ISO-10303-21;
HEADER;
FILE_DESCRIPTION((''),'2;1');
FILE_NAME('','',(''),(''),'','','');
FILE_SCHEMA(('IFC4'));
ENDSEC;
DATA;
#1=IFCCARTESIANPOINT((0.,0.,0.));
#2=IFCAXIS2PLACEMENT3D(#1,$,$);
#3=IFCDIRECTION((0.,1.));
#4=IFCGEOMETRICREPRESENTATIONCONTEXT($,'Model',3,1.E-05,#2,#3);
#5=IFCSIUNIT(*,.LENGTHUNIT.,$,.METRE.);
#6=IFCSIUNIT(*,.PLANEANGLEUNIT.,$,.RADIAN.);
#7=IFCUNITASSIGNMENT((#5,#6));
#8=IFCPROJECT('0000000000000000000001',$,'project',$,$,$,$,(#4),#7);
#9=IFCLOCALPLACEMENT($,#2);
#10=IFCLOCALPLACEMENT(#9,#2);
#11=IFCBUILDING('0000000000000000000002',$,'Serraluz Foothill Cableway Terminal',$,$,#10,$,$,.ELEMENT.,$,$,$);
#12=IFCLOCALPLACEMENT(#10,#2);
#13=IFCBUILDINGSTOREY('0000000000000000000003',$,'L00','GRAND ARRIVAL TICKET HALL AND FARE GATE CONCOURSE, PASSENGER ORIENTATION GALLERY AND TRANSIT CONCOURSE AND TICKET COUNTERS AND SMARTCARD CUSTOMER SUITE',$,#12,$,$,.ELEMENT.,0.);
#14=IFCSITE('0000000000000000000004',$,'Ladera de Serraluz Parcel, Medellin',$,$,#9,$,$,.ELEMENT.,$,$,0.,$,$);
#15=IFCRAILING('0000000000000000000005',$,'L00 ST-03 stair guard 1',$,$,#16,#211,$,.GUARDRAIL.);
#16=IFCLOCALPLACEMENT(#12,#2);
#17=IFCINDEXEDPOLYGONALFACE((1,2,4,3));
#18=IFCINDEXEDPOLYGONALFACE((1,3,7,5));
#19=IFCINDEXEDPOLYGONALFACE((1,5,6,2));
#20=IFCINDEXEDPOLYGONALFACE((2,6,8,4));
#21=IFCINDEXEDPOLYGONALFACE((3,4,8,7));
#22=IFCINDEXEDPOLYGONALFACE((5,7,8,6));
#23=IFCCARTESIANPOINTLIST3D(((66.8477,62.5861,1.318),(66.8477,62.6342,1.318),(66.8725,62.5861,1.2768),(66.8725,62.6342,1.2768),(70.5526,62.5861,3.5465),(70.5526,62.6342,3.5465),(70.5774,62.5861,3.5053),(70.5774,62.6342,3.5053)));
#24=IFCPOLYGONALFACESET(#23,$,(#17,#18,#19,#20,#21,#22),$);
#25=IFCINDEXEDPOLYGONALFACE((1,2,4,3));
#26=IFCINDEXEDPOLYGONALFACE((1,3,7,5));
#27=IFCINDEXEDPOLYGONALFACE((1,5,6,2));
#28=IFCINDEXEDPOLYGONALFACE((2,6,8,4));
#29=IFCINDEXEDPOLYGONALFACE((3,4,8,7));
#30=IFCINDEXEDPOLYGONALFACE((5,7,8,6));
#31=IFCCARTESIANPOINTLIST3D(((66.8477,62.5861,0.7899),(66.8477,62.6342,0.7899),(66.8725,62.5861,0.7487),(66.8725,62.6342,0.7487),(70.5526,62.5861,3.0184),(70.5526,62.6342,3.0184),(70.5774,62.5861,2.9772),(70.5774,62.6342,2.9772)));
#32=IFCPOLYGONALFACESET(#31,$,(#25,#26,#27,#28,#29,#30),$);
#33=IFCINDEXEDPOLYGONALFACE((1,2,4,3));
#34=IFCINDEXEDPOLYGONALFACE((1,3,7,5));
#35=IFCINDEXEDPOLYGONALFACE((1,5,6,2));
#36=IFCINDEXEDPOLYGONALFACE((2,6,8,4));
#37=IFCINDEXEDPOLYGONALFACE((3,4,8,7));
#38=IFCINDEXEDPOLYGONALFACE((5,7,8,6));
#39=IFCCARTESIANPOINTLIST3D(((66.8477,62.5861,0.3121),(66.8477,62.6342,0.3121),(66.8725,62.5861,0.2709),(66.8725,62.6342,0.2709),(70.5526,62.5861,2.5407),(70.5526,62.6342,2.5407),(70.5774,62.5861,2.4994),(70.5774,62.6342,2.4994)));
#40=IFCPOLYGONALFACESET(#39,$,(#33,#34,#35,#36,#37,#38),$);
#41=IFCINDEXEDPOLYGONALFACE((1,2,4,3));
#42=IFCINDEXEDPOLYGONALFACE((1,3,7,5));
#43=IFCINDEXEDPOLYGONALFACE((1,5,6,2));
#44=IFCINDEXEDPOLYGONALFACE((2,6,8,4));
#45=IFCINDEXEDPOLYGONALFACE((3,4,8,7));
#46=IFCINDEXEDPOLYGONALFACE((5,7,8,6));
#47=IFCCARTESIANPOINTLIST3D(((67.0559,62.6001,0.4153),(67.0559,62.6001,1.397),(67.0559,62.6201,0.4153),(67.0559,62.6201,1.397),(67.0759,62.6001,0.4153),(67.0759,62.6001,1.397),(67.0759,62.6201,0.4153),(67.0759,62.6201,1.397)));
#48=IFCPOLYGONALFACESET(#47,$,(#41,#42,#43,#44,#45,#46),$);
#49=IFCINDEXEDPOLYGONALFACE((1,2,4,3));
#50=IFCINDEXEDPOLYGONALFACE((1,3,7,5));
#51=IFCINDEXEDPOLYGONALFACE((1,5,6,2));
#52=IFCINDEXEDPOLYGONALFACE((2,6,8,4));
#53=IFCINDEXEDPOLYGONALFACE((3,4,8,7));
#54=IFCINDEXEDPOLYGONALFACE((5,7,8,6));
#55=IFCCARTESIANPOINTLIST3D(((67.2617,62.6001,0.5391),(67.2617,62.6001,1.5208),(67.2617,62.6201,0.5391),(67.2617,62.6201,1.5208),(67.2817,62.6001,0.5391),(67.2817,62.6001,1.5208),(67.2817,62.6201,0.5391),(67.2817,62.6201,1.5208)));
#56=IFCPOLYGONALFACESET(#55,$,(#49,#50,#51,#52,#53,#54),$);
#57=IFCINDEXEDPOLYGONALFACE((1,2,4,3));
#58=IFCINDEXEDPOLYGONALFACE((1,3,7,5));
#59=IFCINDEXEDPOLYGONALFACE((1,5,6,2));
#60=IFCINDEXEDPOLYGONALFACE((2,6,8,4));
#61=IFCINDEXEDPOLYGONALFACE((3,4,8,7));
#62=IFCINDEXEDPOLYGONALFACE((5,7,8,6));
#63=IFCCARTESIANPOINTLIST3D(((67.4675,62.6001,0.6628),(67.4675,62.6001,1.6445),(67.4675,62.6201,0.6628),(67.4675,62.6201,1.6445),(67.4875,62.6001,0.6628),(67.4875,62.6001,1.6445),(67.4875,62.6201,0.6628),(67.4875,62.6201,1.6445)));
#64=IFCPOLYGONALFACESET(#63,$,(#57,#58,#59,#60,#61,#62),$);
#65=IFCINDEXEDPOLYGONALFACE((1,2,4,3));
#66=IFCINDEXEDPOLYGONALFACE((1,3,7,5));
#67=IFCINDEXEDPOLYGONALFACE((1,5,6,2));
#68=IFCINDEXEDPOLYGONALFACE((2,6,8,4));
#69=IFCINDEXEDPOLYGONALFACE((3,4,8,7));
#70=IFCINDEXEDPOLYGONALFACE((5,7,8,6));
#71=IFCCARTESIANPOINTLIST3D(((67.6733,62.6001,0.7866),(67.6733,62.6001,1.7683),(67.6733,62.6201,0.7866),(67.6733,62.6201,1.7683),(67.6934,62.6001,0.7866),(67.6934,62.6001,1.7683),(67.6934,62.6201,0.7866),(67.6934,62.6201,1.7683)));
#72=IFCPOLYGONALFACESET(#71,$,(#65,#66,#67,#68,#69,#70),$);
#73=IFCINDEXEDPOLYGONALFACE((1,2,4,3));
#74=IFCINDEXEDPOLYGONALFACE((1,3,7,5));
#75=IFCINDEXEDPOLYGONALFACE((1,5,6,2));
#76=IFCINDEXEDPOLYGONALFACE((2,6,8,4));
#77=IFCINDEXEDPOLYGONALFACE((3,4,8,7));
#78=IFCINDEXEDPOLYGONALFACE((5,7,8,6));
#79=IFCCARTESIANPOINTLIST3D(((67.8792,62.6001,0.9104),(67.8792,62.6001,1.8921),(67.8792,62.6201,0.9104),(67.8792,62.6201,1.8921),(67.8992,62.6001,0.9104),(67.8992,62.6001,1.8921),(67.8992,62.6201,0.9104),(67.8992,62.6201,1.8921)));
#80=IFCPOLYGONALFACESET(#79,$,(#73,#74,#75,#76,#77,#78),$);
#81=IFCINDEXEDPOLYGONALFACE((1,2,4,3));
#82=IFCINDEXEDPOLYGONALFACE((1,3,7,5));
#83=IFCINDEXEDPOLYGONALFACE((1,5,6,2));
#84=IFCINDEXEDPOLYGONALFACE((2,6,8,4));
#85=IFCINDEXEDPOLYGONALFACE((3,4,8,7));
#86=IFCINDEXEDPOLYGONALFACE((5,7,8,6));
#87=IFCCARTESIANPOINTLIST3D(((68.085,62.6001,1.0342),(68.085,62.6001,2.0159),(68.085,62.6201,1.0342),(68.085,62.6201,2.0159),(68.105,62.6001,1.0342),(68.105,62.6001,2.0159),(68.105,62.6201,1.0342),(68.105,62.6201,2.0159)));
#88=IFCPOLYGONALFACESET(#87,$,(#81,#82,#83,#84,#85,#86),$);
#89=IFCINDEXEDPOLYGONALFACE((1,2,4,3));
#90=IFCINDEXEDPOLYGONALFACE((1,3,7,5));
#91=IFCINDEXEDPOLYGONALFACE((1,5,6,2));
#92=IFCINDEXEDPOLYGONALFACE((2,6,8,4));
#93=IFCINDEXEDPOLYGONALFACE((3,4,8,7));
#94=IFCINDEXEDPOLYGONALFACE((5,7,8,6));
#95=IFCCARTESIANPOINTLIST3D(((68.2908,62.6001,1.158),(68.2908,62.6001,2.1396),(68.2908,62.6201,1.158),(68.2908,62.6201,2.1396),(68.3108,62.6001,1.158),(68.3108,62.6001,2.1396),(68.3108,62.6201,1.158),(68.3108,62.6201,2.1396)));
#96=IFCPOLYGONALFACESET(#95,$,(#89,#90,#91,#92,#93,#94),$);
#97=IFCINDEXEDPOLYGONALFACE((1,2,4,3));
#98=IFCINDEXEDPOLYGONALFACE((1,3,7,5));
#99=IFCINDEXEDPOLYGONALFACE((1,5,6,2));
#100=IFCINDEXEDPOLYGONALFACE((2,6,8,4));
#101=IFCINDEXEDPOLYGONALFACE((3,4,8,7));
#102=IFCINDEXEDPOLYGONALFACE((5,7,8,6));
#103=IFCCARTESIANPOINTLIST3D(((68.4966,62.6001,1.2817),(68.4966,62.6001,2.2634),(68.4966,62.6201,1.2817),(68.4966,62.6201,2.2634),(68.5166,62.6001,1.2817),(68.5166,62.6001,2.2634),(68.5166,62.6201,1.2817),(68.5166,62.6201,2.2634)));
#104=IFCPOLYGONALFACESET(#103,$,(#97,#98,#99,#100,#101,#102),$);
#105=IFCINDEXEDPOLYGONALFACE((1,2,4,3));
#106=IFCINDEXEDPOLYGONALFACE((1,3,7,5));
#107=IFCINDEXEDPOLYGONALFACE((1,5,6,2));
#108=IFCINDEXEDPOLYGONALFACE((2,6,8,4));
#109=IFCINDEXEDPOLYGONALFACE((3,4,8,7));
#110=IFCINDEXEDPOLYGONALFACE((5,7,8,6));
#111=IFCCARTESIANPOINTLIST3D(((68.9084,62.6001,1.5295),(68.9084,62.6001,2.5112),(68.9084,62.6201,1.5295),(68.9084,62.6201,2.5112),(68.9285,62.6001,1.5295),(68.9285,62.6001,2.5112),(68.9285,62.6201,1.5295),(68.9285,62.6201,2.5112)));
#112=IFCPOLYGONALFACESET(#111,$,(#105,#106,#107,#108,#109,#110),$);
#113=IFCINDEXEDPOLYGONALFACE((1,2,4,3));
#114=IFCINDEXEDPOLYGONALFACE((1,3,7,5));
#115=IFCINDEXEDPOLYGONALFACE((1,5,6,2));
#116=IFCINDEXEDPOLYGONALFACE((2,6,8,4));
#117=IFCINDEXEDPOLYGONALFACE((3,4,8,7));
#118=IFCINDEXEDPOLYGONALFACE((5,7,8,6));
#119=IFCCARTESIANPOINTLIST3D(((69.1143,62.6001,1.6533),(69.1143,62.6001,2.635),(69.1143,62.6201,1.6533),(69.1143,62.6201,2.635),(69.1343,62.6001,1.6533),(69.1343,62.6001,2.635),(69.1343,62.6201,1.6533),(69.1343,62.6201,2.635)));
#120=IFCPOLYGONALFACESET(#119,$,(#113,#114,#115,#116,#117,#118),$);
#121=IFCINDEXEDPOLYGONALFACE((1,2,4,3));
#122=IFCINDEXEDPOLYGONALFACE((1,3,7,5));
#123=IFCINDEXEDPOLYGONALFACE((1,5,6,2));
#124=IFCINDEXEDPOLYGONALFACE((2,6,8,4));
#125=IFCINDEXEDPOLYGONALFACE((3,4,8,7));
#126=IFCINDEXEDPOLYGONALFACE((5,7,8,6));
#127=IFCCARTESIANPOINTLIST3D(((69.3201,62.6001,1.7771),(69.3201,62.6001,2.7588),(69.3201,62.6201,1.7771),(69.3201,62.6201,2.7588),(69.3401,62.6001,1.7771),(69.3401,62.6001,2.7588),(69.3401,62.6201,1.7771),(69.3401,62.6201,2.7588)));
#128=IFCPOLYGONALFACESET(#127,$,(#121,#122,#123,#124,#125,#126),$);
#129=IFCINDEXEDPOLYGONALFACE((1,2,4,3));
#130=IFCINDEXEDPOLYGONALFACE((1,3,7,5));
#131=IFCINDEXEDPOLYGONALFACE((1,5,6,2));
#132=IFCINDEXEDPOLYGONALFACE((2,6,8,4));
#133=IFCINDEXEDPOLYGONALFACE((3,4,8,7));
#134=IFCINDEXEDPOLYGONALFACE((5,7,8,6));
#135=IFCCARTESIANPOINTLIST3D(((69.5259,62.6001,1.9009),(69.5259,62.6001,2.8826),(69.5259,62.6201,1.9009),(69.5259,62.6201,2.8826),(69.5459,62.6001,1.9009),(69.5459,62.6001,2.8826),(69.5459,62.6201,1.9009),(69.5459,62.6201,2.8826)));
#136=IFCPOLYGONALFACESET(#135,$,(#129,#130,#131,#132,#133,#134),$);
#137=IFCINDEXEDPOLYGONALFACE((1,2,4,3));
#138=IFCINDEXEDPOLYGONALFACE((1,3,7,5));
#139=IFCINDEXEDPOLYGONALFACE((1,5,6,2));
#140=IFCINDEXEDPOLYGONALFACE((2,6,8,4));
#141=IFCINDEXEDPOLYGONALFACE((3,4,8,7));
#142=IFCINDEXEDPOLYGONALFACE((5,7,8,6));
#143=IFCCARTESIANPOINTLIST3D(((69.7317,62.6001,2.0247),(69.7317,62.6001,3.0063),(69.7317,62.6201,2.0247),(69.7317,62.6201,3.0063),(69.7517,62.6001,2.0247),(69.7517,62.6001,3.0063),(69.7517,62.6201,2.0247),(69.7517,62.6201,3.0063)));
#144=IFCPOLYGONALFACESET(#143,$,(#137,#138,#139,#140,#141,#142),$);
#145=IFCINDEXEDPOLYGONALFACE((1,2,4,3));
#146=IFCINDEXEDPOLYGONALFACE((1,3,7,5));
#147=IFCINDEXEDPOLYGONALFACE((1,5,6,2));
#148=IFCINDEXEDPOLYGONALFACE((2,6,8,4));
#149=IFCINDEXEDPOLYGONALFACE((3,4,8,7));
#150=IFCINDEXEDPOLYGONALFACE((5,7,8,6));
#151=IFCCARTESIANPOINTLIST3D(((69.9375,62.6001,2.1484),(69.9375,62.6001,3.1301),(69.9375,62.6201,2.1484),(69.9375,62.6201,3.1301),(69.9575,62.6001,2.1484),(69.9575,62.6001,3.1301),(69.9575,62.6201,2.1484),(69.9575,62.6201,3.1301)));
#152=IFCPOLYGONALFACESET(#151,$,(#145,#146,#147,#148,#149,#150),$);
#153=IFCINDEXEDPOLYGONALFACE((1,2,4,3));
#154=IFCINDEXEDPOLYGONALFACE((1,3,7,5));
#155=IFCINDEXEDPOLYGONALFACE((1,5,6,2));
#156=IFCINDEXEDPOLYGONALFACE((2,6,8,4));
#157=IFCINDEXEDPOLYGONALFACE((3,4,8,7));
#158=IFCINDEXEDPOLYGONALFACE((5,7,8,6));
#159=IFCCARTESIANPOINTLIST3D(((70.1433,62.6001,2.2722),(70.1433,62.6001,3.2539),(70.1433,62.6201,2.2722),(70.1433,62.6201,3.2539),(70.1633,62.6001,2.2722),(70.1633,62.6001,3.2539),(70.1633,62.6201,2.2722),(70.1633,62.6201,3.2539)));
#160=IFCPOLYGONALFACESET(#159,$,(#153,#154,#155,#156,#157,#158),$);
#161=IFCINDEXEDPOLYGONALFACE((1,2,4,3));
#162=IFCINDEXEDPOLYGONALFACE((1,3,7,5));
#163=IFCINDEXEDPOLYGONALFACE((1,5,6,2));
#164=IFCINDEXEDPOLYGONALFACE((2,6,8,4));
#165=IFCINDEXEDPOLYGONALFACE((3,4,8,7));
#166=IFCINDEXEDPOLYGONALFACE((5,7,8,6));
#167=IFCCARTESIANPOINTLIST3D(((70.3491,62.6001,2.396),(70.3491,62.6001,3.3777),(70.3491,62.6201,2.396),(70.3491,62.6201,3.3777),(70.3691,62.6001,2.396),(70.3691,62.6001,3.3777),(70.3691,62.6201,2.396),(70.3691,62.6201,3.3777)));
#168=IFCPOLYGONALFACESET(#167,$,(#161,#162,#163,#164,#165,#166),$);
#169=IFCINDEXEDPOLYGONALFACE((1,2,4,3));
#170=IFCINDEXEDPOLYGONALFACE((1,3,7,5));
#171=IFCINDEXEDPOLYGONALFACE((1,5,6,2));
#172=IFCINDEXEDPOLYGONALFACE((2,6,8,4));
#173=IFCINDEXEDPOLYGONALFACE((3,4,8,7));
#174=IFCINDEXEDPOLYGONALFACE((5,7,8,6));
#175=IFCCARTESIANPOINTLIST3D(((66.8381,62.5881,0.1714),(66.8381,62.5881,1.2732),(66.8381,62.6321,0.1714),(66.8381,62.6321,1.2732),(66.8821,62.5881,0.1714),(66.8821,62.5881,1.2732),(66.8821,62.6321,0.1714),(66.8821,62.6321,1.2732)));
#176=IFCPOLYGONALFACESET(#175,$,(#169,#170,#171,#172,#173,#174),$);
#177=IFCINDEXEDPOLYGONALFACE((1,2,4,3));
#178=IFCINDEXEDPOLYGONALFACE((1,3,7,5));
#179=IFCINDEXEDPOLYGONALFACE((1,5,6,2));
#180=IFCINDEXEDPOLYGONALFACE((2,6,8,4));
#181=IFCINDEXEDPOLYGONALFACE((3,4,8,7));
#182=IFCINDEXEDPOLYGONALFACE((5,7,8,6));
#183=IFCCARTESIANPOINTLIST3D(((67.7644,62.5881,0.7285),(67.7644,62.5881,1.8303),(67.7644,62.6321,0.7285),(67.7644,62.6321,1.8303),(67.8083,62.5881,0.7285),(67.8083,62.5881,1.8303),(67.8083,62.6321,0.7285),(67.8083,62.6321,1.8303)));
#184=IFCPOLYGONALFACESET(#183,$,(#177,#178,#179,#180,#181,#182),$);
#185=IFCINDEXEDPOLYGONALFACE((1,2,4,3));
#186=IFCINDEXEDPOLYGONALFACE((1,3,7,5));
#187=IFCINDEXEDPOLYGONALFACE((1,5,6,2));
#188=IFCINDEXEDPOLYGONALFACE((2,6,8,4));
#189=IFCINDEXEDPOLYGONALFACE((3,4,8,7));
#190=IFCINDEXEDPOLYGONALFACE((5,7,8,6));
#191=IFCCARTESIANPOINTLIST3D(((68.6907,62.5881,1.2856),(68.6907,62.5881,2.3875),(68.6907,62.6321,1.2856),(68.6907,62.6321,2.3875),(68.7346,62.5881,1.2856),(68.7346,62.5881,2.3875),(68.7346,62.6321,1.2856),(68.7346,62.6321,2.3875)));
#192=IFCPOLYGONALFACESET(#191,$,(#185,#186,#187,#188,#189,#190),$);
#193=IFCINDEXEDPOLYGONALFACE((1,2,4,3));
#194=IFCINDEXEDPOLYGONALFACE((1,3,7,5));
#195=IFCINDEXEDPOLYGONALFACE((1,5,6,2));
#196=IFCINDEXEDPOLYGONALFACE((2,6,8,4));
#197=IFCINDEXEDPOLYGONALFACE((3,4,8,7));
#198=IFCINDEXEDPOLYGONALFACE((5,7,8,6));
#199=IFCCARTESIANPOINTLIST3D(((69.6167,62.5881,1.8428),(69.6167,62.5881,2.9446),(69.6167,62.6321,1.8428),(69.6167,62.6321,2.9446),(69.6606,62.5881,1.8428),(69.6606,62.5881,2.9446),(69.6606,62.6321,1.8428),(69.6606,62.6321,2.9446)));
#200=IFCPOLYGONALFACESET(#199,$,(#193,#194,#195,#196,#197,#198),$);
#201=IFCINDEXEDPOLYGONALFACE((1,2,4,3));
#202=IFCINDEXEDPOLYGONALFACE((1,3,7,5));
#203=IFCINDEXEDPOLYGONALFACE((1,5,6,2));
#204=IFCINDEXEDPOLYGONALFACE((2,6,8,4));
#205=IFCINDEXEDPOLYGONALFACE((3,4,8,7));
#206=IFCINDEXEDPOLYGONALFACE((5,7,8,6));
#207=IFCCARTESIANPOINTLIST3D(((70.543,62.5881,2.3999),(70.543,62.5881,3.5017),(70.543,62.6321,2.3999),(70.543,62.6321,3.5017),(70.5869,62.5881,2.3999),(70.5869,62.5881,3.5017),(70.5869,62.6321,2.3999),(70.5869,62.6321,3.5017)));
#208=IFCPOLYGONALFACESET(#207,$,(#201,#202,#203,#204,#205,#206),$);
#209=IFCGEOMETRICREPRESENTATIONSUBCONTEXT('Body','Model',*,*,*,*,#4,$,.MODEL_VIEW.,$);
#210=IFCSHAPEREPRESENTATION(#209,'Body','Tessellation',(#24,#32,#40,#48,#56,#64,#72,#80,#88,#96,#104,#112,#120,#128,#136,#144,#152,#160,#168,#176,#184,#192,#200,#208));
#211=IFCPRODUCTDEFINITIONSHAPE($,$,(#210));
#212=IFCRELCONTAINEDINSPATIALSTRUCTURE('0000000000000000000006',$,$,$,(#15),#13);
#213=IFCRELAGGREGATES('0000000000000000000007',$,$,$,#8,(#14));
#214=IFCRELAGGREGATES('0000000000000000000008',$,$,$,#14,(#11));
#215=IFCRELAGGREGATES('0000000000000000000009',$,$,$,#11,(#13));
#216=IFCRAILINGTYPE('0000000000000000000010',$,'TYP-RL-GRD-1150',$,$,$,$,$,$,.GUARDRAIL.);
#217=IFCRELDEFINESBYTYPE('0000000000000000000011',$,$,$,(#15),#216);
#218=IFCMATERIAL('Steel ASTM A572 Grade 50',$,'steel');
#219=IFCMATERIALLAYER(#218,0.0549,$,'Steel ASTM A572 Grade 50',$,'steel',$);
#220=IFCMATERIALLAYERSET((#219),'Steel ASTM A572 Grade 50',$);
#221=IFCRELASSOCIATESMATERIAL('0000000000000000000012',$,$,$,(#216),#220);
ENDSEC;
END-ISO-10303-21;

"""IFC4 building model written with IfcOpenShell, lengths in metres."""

from ifc_helpers import new_model, si_unit, direction, frame, origin, origin_2d, place, context, subcontext, project, spatial, rectangle, extrude, material, layer, layer_set, type_object, element, save


model = new_model("IFC4")

# Units and contexts
model_context = context("Model", 3, precision=1e-05, world=origin(), true_north=direction((0.0, 1.0)))
body_context = subcontext(model_context, "Body", "Model", "MODEL_VIEW")
ifc_project = project(units=[si_unit("LENGTHUNIT", "METRE"), si_unit("PLANEANGLEUNIT", "RADIAN")], contexts=[model_context])

# Site, building, storey
site_placement = place(None, origin())
site = spatial("IfcSite", under=ifc_project, at=site_placement, Name="Ladera de Serraluz Parcel, Medellin", CompositionType="ELEMENT", RefElevation=0.0)
building_placement = place(site_placement, origin())
building = spatial("IfcBuilding", under=site, at=building_placement, Name="Serraluz Foothill Cableway Terminal", CompositionType="ELEMENT")
storey_placement = place(building_placement, origin())
storey = spatial("IfcBuildingStorey", under=building, at=storey_placement, Name="L00", Description="GRAND ARRIVAL TICKET HALL AND FARE GATE CONCOURSE, PASSENGER ORIENTATION GALLERY AND TRANSIT CONCOURSE AND TICKET COUNTERS AND SMARTCARD CUSTOMER SUITE", CompositionType="ELEMENT", Elevation=0.0)

# Railing
ifc_material_1 = material(Name="Steel ASTM A572 Grade 50", Category="steel")
ifc_layer_1 = layer(ifc_material_1, 0.0549, Name="Steel ASTM A572 Grade 50", Category="steel")
ifc_layer_set_1 = layer_set([ifc_layer_1], Name="Steel ASTM A572 Grade 50")
railing_type_1 = type_object("IfcRailingType", Name="TYP-RL-GRD-1150", PredefinedType="GUARDRAIL", material=ifc_layer_set_1)
railing_1_placement = place(storey_placement, frame((66.8601, 62.6101, 0.1714)))
element("IfcRailing", 1, at=railing_1_placement, inside=storey, type_object=railing_type_1, Name="L00 ST-03 stair guard 1", PredefinedType="GUARDRAIL", context=body_context, shape_type="SweptSolid", body=[
    extrude(rectangle(XDim=0.0481, YDim=0.0481, at=origin_2d()), frame((0.0, 0.0, 1.126), z_axis=(0.856919, 0.0, 0.51545), x_axis=(0.0, 1.0, 0.0)), (0.0, 0.0, 1.0), 4.3235),
    extrude(rectangle(XDim=0.0481, YDim=0.0481, at=origin_2d()), frame((0.0, 0.0, 0.5979), z_axis=(0.856919, 0.0, 0.51545), x_axis=(0.0, 1.0, 0.0)), (0.0, 0.0, 1.0), 4.3235),
    extrude(rectangle(XDim=0.0481, YDim=0.0481, at=origin_2d()), frame((0.0, 0.0, 0.1201), z_axis=(0.856919, 0.0, 0.51545), x_axis=(0.0, 1.0, 0.0)), (0.0, 0.0, 1.0), 4.3235),
    extrude(rectangle(XDim=0.02, YDim=0.02, at=origin_2d()), frame((0.2058, 0.0, 0.2439)), (0.0, 0.0, 1.0), 0.9817),
    extrude(rectangle(XDim=0.02, YDim=0.02, at=origin_2d()), frame((0.4116, 0.0, 0.3677)), (0.0, 0.0, 1.0), 0.9817),
    extrude(rectangle(XDim=0.02, YDim=0.02, at=origin_2d()), frame((0.6174, 0.0, 0.4915)), (0.0, 0.0, 1.0), 0.9817),
    extrude(rectangle(XDim=0.02, YDim=0.02, at=origin_2d()), frame((0.8232, 0.0, 0.6152)), (0.0, 0.0, 1.0), 0.9817),
    extrude(rectangle(XDim=0.02, YDim=0.02, at=origin_2d()), frame((1.0291, 0.0, 0.739)), (0.0, 0.0, 1.0), 0.9817),
    extrude(rectangle(XDim=0.02, YDim=0.02, at=origin_2d()), frame((1.2349, 0.0, 0.8628)), (0.0, 0.0, 1.0), 0.9817),
    extrude(rectangle(XDim=0.02, YDim=0.02, at=origin_2d()), frame((1.4407, 0.0, 0.9866)), (0.0, 0.0, 1.0), 0.9817),
    extrude(rectangle(XDim=0.02, YDim=0.02, at=origin_2d()), frame((1.6465, 0.0, 1.1104)), (0.0, 0.0, 1.0), 0.9817),
    extrude(rectangle(XDim=0.02, YDim=0.02, at=origin_2d()), frame((2.0583, 0.0, 1.3582)), (0.0, 0.0, 1.0), 0.9817),
    extrude(rectangle(XDim=0.02, YDim=0.02, at=origin_2d()), frame((2.2642, 0.0, 1.4819)), (0.0, 0.0, 1.0), 0.9817),
    extrude(rectangle(XDim=0.02, YDim=0.02, at=origin_2d()), frame((2.47, 0.0, 1.6057)), (0.0, 0.0, 1.0), 0.9817),
    extrude(rectangle(XDim=0.02, YDim=0.02, at=origin_2d()), frame((2.6758, 0.0, 1.7295)), (0.0, 0.0, 1.0), 0.9817),
    extrude(rectangle(XDim=0.02, YDim=0.02, at=origin_2d()), frame((2.8816, 0.0, 1.8533)), (0.0, 0.0, 1.0), 0.9817),
    extrude(rectangle(XDim=0.02, YDim=0.02, at=origin_2d()), frame((3.0874, 0.0, 1.9771)), (0.0, 0.0, 1.0), 0.9817),
    extrude(rectangle(XDim=0.02, YDim=0.02, at=origin_2d()), frame((3.2932, 0.0, 2.1008)), (0.0, 0.0, 1.0), 0.9817),
    extrude(rectangle(XDim=0.02, YDim=0.02, at=origin_2d()), frame((3.499, 0.0, 2.2246)), (0.0, 0.0, 1.0), 0.9817),
    extrude(rectangle(XDim=0.0439, YDim=0.0439, at=origin_2d()), origin(), (0.0, 0.0, 1.0), 1.1018),
    extrude(rectangle(XDim=0.0439, YDim=0.0439, at=origin_2d()), frame((0.9263, 0.0, 0.5571)), (0.0, 0.0, 1.0), 1.1018),
    extrude(rectangle(XDim=0.0439, YDim=0.0439, at=origin_2d()), frame((1.8525, 0.0, 1.1143)), (0.0, 0.0, 1.0), 1.1018),
    extrude(rectangle(XDim=0.0439, YDim=0.0439, at=origin_2d()), frame((2.7786, 0.0, 1.6714)), (0.0, 0.0, 1.0), 1.1018),
    extrude(rectangle(XDim=0.0439, YDim=0.0439, at=origin_2d()), frame((3.7048, 0.0, 2.2285)), (0.0, 0.0, 1.0), 1.1018),
])

save(model, "model.ifc")
